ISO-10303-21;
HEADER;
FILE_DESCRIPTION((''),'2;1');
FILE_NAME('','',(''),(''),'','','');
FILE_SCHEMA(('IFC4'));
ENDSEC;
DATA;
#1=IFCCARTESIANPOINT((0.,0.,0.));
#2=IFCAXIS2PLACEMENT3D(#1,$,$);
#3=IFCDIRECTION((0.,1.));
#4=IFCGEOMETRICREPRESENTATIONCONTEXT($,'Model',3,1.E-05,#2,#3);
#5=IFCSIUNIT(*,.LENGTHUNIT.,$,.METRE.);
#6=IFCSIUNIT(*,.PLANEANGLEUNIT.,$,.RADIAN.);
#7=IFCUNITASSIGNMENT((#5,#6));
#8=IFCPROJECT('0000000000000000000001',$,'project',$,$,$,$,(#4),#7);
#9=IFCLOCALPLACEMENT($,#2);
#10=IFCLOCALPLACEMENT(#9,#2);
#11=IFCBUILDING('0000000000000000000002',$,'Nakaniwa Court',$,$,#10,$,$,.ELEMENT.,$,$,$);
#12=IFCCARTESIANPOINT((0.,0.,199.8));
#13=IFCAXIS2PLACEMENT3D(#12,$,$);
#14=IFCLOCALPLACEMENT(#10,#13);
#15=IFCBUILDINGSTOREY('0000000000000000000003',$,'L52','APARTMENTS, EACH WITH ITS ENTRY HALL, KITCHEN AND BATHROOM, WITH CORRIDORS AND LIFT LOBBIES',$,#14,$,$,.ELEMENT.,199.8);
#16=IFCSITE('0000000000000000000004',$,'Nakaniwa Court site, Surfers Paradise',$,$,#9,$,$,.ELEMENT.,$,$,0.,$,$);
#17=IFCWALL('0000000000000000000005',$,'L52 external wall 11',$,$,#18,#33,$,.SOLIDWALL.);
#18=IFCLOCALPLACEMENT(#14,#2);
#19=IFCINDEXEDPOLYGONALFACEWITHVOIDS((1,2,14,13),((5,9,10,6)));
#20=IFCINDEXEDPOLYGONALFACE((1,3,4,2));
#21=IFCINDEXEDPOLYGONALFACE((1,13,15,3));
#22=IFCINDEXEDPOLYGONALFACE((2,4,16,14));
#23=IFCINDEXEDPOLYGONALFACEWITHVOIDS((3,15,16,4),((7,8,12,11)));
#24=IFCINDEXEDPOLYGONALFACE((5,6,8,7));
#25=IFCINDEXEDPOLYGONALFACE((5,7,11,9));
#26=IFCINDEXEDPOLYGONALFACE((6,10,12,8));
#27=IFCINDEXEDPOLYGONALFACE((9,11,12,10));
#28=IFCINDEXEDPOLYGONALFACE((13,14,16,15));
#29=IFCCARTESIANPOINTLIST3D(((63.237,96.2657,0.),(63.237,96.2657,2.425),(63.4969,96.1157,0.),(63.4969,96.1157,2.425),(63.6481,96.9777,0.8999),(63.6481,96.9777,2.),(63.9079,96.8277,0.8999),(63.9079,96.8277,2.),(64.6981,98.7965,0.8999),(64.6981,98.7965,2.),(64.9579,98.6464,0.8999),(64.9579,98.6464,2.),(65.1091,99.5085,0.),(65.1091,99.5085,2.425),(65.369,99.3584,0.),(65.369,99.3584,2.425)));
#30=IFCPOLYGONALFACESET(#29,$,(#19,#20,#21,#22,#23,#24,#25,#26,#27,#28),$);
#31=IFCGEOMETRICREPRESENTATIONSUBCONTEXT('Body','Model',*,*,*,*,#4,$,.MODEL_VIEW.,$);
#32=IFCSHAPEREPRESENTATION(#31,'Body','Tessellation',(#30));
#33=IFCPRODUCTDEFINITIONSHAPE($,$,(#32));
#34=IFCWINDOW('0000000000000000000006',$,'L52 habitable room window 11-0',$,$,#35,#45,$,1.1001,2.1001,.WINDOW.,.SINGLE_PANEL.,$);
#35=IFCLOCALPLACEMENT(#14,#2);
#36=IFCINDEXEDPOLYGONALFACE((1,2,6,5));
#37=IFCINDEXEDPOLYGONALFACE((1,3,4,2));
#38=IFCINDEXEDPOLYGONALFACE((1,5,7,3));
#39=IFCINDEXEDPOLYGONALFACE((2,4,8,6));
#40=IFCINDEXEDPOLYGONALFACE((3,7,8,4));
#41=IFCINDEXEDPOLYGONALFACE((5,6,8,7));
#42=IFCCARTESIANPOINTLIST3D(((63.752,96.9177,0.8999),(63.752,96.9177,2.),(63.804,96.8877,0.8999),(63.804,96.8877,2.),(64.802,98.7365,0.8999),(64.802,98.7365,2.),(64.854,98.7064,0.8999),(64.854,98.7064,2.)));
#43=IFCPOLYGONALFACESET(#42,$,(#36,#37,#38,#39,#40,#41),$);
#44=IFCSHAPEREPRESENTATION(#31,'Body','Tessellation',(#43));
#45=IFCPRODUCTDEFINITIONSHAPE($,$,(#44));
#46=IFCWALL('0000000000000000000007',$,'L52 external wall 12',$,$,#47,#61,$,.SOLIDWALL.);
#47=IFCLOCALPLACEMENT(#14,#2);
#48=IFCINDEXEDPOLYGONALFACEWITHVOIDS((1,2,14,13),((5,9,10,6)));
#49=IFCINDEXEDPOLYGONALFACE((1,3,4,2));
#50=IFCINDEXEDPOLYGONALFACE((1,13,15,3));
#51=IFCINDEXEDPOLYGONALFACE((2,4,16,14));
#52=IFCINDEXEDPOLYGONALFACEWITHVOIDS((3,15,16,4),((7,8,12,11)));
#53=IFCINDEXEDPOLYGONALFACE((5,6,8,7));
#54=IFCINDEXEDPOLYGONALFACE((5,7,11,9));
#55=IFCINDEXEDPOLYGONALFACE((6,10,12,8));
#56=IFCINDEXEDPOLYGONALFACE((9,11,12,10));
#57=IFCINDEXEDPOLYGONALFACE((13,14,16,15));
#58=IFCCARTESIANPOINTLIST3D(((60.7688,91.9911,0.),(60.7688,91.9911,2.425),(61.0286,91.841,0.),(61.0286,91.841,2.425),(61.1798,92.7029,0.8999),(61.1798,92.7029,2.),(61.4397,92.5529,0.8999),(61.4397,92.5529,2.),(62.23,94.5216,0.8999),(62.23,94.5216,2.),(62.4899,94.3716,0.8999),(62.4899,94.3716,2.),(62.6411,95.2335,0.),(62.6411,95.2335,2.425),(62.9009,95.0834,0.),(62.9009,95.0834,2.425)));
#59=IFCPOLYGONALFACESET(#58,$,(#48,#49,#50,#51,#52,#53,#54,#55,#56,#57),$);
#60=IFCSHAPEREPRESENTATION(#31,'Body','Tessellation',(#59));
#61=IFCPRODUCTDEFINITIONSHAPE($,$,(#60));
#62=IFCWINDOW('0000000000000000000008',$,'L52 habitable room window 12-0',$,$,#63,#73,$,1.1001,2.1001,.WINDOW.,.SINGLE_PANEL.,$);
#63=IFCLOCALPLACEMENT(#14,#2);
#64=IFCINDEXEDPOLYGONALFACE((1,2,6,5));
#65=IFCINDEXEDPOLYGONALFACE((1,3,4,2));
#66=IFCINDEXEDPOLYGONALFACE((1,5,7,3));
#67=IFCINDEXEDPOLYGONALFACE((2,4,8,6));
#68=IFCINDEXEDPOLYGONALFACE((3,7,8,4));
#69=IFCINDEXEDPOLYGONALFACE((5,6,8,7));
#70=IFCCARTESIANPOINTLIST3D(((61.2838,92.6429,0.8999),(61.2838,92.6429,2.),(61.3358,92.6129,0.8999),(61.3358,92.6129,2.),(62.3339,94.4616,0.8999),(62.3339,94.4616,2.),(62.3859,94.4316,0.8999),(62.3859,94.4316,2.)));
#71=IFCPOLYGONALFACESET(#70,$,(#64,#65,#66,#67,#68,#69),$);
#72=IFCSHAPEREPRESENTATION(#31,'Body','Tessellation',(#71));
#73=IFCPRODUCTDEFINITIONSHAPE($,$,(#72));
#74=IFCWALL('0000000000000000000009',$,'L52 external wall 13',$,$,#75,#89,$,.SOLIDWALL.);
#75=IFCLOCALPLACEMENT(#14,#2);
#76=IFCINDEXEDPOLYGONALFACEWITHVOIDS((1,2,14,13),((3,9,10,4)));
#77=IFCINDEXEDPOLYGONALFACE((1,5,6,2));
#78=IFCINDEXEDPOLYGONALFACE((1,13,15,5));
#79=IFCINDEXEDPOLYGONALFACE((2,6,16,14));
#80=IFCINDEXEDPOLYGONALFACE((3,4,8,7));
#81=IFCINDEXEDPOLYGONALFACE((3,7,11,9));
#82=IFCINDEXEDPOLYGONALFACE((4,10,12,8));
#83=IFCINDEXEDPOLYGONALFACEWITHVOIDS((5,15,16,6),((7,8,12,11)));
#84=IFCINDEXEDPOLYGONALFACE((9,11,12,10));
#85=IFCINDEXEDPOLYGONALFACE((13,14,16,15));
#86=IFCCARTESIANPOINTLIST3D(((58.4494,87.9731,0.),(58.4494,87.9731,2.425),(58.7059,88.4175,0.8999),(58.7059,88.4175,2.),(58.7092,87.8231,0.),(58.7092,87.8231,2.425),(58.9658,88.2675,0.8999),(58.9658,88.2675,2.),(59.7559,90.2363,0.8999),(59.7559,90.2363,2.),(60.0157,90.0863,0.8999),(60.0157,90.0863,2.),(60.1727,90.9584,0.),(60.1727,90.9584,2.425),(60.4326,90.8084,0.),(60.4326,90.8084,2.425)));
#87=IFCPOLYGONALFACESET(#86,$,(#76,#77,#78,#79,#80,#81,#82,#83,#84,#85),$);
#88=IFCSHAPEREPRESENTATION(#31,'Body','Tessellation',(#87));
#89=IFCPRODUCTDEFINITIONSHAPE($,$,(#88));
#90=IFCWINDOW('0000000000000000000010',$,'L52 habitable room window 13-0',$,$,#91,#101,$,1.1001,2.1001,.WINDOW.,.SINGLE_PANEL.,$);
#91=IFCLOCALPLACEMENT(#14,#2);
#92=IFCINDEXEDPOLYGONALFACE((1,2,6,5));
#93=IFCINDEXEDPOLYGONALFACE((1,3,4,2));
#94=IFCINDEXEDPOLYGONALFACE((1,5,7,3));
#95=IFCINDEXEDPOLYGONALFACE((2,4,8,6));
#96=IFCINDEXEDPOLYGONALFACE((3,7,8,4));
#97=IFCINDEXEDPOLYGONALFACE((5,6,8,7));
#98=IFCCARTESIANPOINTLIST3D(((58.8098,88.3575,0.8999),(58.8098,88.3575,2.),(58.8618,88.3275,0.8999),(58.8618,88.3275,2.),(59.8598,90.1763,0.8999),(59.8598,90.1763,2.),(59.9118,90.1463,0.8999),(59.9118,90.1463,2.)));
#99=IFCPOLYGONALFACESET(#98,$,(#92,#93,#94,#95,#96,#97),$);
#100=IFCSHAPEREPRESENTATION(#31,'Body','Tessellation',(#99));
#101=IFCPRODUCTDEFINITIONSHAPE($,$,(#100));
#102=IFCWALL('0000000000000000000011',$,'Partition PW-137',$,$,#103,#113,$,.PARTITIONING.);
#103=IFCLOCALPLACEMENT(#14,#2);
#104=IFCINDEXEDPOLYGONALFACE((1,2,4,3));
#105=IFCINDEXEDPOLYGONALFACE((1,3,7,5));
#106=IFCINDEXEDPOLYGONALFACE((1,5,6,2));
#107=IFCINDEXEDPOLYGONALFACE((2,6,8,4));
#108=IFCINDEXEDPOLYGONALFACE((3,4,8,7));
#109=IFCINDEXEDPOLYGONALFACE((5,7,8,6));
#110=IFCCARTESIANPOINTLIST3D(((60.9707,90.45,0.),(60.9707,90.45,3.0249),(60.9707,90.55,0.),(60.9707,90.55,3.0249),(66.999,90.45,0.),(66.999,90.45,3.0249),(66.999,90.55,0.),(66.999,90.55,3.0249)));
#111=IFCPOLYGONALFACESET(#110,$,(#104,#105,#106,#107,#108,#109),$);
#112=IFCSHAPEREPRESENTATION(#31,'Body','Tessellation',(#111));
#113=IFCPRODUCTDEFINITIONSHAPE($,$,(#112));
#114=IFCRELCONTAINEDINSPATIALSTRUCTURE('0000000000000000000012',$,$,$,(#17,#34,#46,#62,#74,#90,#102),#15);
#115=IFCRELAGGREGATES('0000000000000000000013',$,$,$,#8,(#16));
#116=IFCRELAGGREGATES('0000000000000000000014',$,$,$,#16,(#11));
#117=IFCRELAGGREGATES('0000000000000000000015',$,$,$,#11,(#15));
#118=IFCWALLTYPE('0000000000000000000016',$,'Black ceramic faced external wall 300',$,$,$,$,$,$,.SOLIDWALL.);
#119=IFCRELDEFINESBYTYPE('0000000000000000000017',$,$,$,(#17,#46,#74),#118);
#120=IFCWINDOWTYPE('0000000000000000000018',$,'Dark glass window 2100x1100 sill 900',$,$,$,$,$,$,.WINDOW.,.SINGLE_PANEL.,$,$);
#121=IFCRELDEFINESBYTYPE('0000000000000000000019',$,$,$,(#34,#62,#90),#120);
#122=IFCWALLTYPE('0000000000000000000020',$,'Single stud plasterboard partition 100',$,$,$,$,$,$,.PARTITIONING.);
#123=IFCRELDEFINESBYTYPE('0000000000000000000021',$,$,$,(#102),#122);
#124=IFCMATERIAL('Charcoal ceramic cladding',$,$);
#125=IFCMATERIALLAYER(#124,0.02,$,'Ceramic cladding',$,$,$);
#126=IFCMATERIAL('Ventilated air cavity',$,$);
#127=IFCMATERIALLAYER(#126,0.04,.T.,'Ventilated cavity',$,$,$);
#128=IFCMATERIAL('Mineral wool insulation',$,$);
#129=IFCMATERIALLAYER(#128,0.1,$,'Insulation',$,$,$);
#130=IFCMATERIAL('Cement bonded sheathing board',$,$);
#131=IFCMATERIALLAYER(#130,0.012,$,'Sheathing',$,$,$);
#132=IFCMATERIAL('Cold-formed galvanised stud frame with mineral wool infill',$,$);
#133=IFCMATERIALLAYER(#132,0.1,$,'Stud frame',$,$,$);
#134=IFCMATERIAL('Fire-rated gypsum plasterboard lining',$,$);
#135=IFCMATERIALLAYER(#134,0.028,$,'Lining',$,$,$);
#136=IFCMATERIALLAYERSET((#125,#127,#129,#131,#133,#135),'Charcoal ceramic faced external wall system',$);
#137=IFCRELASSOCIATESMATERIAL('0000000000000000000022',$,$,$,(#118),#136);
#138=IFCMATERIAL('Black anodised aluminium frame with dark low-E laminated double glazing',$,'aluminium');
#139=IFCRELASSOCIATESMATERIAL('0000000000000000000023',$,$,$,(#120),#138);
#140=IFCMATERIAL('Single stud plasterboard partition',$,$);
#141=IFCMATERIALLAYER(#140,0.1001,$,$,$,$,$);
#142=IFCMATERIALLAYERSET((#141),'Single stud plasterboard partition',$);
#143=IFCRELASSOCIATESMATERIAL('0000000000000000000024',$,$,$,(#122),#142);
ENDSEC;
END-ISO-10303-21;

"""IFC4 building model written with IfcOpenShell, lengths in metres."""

from ifc_helpers import new_model, si_unit, direction, frame, frame_2d, origin, place, context, subcontext, project, spatial, rectangle, extrude, material, layer, layer_set, type_object, element, fill, save


model = new_model("IFC4")

# Units and contexts
model_context = context("Model", 3, precision=1e-05, world=origin(), true_north=direction((0.0, 1.0)))
body_context = subcontext(model_context, "Body", "Model", "MODEL_VIEW")
ifc_project = project(units=[si_unit("LENGTHUNIT", "METRE"), si_unit("PLANEANGLEUNIT", "RADIAN")], contexts=[model_context])

# Site, building, storey
site_placement = place(None, origin())
site = spatial("IfcSite", under=ifc_project, at=site_placement, Name="Nakaniwa Court site, Surfers Paradise", CompositionType="ELEMENT", RefElevation=0.0)
building_placement = place(site_placement, origin())
building = spatial("IfcBuilding", under=site, at=building_placement, Name="Nakaniwa Court", CompositionType="ELEMENT")
storey_placement = place(building_placement, frame((0.0, 0.0, 199.8)))
storey = spatial("IfcBuildingStorey", under=building, at=storey_placement, Name="L52", Description="APARTMENTS, EACH WITH ITS ENTRY HALL, KITCHEN AND BATHROOM, WITH CORRIDORS AND LIFT LOBBIES", CompositionType="ELEMENT", Elevation=199.8)

# Walls, openings, windows
ifc_material_1 = material(Name="Charcoal ceramic cladding")
ifc_layer_1 = layer(ifc_material_1, 0.02, Name="Ceramic cladding")
ifc_material_2 = material(Name="Ventilated air cavity")
ifc_layer_2 = layer(ifc_material_2, 0.04, ventilated=True, Name="Ventilated cavity")
ifc_material_3 = material(Name="Mineral wool insulation")
ifc_layer_3 = layer(ifc_material_3, 0.1, Name="Insulation")
ifc_material_4 = material(Name="Cement bonded sheathing board")
ifc_layer_4 = layer(ifc_material_4, 0.012, Name="Sheathing")
ifc_material_5 = material(Name="Cold-formed galvanised stud frame with mineral wool infill")
ifc_layer_5 = layer(ifc_material_5, 0.1, Name="Stud frame")
ifc_material_6 = material(Name="Fire-rated gypsum plasterboard lining")
ifc_layer_6 = layer(ifc_material_6, 0.028, Name="Lining")
ifc_layer_set_1 = layer_set([ifc_layer_1, ifc_layer_2, ifc_layer_3, ifc_layer_4, ifc_layer_5, ifc_layer_6], Name="Charcoal ceramic faced external wall system")
wall_type_1 = type_object("IfcWallType", Name="Black ceramic faced external wall 300", PredefinedType="SOLIDWALL", material=ifc_layer_set_1)
ifc_material_7 = material(Name="Black anodised aluminium frame with dark low-E laminated double glazing", Category="aluminium")
wall_1_placement = place(storey_placement, frame((65.239, 99.4333, 0.0), z_axis=(0.0, 0.0, 1.0), x_axis=(-0.499982, -0.866036, 0.0)))
wall_1 = element("IfcWall", 1, at=wall_1_placement, inside=storey, type_object=wall_type_1, Name="L52 external wall 11", PredefinedType="SOLIDWALL", context=body_context, shape_type="SweptSolid", body=[
    extrude(rectangle(XDim=3.7444, YDim=0.3, at=frame_2d((1.8721, 0.0))), origin(), (0.0, 0.0, 1.0), 2.425),
])
opening_1_placement = place(wall_1_placement, frame((0.822, 0.0, 0.8999)))
opening_1 = element("IfcOpeningElement", 2, at=opening_1_placement, cuts=wall_1, PredefinedType="OPENING", context=body_context, shape_type="SweptSolid", body=[
    extrude(rectangle(XDim=2.1001, YDim=1.1001, at=frame_2d((1.05, 0.55))), frame((0.0, 0.1599, 0.0), z_axis=(0.0, -1.0, 0.0), x_axis=(1.0, 0.0, 0.0)), (0.0, 0.0, 1.0), 0.3201),
])
window_type_1 = type_object("IfcWindowType", Name="Dark glass window 2100x1100 sill 900", PartitioningType="SINGLE_PANEL", PredefinedType="WINDOW", material=ifc_material_7)
window_1_placement = place(opening_1_placement, origin())
window_1 = element("IfcWindow", 3, at=window_1_placement, inside=storey, type_object=window_type_1, Name="L52 habitable room window 11-0", OverallHeight=1.1001, OverallWidth=2.1001, PartitioningType="SINGLE_PANEL", PredefinedType="WINDOW", context=body_context, shape_type="SweptSolid", body=[
    extrude(rectangle(XDim=2.1001, YDim=1.1001, at=frame_2d((1.05, 0.55))), frame((0.0, 0.03, 0.0), z_axis=(0.0, -1.0, 0.0), x_axis=(1.0, 0.0, 0.0)), (0.0, 0.0, 1.0), 0.0601),
])
fill(opening_1, window_1)
wall_2_placement = place(storey_placement, frame((62.771, 95.1584, 0.0), z_axis=(0.0, 0.0, 1.0), x_axis=(-0.500059, -0.865991, 0.0)))
wall_2 = element("IfcWall", 4, at=wall_2_placement, inside=storey, type_object=wall_type_1, Name="L52 external wall 12", PredefinedType="SOLIDWALL", context=body_context, shape_type="SweptSolid", body=[
    extrude(rectangle(XDim=3.7441, YDim=0.3, at=frame_2d((1.8721, 0.0))), origin(), (0.0, 0.0, 1.0), 2.425),
])
opening_2_placement = place(wall_2_placement, frame((0.822, 0.0, 0.8999)))
opening_2 = element("IfcOpeningElement", 5, at=opening_2_placement, cuts=wall_2, PredefinedType="OPENING", context=body_context, shape_type="SweptSolid", body=[
    extrude(rectangle(XDim=2.1001, YDim=1.1001, at=frame_2d((1.05, 0.55))), frame((0.0, 0.1599, 0.0), z_axis=(0.0, -1.0, 0.0), x_axis=(1.0, 0.0, 0.0)), (0.0, 0.0, 1.0), 0.3201),
])
window_2_placement = place(opening_2_placement, origin())
window_2 = element("IfcWindow", 6, at=window_2_placement, inside=storey, type_object=window_type_1, Name="L52 habitable room window 12-0", OverallHeight=1.1001, OverallWidth=2.1001, PartitioningType="SINGLE_PANEL", PredefinedType="WINDOW", context=body_context, shape_type="SweptSolid", body=[
    extrude(rectangle(XDim=2.1001, YDim=1.1001, at=frame_2d((1.05, 0.55))), frame((0.0, 0.03, 0.0), z_axis=(0.0, -1.0, 0.0), x_axis=(1.0, 0.0, 0.0)), (0.0, 0.0, 1.0), 0.0601),
])
fill(opening_2, window_2)
wall_3_placement = place(storey_placement, frame((60.3027, 90.8835, 0.0), z_axis=(0.0, 0.0, 1.0), x_axis=(-0.499955, -0.866051, 0.0)))
wall_3 = element("IfcWall", 7, at=wall_3_placement, inside=storey, type_object=wall_type_1, Name="L52 external wall 13", PredefinedType="SOLIDWALL", context=body_context, shape_type="SweptSolid", body=[
    extrude(rectangle(XDim=3.447, YDim=0.3, at=frame_2d((1.7236, 0.0))), origin(), (0.0, 0.0, 1.0), 2.425),
])
opening_3_placement = place(wall_3_placement, frame((0.834, 0.0, 0.8999)))
opening_3 = element("IfcOpeningElement", 8, at=opening_3_placement, cuts=wall_3, PredefinedType="OPENING", context=body_context, shape_type="SweptSolid", body=[
    extrude(rectangle(XDim=2.1001, YDim=1.1001, at=frame_2d((1.05, 0.55))), frame((0.0, 0.1599, 0.0), z_axis=(0.0, -1.0, 0.0), x_axis=(1.0, 0.0, 0.0)), (0.0, 0.0, 1.0), 0.3201),
])
window_3_placement = place(opening_3_placement, origin())
window_3 = element("IfcWindow", 9, at=window_3_placement, inside=storey, type_object=window_type_1, Name="L52 habitable room window 13-0", OverallHeight=1.1001, OverallWidth=2.1001, PartitioningType="SINGLE_PANEL", PredefinedType="WINDOW", context=body_context, shape_type="SweptSolid", body=[
    extrude(rectangle(XDim=2.1001, YDim=1.1001, at=frame_2d((1.05, 0.55))), frame((0.0, 0.03, 0.0), z_axis=(0.0, -1.0, 0.0), x_axis=(1.0, 0.0, 0.0)), (0.0, 0.0, 1.0), 0.0601),
])
fill(opening_3, window_3)

# Wall
ifc_material_8 = material(Name="Single stud plasterboard partition")
ifc_layer_7 = layer(ifc_material_8, 0.1001)
ifc_layer_set_2 = layer_set([ifc_layer_7], Name="Single stud plasterboard partition")
wall_type_2 = type_object("IfcWallType", Name="Single stud plasterboard partition 100", PredefinedType="PARTITIONING", material=ifc_layer_set_2)
wall_4_placement = place(storey_placement, frame((60.9707, 90.5, 0.0), z_axis=(0.0, 0.0, 1.0), x_axis=(1.0, 0.0, 0.0)))
element("IfcWall", 10, at=wall_4_placement, inside=storey, type_object=wall_type_2, Name="Partition PW-137", PredefinedType="PARTITIONING", context=body_context, shape_type="SweptSolid", body=[
    extrude(rectangle(XDim=6.0283, YDim=0.1001, at=frame_2d((3.0142, 0.0))), origin(), (0.0, 0.0, 1.0), 3.0249),
])

save(model, "model.ifc")
